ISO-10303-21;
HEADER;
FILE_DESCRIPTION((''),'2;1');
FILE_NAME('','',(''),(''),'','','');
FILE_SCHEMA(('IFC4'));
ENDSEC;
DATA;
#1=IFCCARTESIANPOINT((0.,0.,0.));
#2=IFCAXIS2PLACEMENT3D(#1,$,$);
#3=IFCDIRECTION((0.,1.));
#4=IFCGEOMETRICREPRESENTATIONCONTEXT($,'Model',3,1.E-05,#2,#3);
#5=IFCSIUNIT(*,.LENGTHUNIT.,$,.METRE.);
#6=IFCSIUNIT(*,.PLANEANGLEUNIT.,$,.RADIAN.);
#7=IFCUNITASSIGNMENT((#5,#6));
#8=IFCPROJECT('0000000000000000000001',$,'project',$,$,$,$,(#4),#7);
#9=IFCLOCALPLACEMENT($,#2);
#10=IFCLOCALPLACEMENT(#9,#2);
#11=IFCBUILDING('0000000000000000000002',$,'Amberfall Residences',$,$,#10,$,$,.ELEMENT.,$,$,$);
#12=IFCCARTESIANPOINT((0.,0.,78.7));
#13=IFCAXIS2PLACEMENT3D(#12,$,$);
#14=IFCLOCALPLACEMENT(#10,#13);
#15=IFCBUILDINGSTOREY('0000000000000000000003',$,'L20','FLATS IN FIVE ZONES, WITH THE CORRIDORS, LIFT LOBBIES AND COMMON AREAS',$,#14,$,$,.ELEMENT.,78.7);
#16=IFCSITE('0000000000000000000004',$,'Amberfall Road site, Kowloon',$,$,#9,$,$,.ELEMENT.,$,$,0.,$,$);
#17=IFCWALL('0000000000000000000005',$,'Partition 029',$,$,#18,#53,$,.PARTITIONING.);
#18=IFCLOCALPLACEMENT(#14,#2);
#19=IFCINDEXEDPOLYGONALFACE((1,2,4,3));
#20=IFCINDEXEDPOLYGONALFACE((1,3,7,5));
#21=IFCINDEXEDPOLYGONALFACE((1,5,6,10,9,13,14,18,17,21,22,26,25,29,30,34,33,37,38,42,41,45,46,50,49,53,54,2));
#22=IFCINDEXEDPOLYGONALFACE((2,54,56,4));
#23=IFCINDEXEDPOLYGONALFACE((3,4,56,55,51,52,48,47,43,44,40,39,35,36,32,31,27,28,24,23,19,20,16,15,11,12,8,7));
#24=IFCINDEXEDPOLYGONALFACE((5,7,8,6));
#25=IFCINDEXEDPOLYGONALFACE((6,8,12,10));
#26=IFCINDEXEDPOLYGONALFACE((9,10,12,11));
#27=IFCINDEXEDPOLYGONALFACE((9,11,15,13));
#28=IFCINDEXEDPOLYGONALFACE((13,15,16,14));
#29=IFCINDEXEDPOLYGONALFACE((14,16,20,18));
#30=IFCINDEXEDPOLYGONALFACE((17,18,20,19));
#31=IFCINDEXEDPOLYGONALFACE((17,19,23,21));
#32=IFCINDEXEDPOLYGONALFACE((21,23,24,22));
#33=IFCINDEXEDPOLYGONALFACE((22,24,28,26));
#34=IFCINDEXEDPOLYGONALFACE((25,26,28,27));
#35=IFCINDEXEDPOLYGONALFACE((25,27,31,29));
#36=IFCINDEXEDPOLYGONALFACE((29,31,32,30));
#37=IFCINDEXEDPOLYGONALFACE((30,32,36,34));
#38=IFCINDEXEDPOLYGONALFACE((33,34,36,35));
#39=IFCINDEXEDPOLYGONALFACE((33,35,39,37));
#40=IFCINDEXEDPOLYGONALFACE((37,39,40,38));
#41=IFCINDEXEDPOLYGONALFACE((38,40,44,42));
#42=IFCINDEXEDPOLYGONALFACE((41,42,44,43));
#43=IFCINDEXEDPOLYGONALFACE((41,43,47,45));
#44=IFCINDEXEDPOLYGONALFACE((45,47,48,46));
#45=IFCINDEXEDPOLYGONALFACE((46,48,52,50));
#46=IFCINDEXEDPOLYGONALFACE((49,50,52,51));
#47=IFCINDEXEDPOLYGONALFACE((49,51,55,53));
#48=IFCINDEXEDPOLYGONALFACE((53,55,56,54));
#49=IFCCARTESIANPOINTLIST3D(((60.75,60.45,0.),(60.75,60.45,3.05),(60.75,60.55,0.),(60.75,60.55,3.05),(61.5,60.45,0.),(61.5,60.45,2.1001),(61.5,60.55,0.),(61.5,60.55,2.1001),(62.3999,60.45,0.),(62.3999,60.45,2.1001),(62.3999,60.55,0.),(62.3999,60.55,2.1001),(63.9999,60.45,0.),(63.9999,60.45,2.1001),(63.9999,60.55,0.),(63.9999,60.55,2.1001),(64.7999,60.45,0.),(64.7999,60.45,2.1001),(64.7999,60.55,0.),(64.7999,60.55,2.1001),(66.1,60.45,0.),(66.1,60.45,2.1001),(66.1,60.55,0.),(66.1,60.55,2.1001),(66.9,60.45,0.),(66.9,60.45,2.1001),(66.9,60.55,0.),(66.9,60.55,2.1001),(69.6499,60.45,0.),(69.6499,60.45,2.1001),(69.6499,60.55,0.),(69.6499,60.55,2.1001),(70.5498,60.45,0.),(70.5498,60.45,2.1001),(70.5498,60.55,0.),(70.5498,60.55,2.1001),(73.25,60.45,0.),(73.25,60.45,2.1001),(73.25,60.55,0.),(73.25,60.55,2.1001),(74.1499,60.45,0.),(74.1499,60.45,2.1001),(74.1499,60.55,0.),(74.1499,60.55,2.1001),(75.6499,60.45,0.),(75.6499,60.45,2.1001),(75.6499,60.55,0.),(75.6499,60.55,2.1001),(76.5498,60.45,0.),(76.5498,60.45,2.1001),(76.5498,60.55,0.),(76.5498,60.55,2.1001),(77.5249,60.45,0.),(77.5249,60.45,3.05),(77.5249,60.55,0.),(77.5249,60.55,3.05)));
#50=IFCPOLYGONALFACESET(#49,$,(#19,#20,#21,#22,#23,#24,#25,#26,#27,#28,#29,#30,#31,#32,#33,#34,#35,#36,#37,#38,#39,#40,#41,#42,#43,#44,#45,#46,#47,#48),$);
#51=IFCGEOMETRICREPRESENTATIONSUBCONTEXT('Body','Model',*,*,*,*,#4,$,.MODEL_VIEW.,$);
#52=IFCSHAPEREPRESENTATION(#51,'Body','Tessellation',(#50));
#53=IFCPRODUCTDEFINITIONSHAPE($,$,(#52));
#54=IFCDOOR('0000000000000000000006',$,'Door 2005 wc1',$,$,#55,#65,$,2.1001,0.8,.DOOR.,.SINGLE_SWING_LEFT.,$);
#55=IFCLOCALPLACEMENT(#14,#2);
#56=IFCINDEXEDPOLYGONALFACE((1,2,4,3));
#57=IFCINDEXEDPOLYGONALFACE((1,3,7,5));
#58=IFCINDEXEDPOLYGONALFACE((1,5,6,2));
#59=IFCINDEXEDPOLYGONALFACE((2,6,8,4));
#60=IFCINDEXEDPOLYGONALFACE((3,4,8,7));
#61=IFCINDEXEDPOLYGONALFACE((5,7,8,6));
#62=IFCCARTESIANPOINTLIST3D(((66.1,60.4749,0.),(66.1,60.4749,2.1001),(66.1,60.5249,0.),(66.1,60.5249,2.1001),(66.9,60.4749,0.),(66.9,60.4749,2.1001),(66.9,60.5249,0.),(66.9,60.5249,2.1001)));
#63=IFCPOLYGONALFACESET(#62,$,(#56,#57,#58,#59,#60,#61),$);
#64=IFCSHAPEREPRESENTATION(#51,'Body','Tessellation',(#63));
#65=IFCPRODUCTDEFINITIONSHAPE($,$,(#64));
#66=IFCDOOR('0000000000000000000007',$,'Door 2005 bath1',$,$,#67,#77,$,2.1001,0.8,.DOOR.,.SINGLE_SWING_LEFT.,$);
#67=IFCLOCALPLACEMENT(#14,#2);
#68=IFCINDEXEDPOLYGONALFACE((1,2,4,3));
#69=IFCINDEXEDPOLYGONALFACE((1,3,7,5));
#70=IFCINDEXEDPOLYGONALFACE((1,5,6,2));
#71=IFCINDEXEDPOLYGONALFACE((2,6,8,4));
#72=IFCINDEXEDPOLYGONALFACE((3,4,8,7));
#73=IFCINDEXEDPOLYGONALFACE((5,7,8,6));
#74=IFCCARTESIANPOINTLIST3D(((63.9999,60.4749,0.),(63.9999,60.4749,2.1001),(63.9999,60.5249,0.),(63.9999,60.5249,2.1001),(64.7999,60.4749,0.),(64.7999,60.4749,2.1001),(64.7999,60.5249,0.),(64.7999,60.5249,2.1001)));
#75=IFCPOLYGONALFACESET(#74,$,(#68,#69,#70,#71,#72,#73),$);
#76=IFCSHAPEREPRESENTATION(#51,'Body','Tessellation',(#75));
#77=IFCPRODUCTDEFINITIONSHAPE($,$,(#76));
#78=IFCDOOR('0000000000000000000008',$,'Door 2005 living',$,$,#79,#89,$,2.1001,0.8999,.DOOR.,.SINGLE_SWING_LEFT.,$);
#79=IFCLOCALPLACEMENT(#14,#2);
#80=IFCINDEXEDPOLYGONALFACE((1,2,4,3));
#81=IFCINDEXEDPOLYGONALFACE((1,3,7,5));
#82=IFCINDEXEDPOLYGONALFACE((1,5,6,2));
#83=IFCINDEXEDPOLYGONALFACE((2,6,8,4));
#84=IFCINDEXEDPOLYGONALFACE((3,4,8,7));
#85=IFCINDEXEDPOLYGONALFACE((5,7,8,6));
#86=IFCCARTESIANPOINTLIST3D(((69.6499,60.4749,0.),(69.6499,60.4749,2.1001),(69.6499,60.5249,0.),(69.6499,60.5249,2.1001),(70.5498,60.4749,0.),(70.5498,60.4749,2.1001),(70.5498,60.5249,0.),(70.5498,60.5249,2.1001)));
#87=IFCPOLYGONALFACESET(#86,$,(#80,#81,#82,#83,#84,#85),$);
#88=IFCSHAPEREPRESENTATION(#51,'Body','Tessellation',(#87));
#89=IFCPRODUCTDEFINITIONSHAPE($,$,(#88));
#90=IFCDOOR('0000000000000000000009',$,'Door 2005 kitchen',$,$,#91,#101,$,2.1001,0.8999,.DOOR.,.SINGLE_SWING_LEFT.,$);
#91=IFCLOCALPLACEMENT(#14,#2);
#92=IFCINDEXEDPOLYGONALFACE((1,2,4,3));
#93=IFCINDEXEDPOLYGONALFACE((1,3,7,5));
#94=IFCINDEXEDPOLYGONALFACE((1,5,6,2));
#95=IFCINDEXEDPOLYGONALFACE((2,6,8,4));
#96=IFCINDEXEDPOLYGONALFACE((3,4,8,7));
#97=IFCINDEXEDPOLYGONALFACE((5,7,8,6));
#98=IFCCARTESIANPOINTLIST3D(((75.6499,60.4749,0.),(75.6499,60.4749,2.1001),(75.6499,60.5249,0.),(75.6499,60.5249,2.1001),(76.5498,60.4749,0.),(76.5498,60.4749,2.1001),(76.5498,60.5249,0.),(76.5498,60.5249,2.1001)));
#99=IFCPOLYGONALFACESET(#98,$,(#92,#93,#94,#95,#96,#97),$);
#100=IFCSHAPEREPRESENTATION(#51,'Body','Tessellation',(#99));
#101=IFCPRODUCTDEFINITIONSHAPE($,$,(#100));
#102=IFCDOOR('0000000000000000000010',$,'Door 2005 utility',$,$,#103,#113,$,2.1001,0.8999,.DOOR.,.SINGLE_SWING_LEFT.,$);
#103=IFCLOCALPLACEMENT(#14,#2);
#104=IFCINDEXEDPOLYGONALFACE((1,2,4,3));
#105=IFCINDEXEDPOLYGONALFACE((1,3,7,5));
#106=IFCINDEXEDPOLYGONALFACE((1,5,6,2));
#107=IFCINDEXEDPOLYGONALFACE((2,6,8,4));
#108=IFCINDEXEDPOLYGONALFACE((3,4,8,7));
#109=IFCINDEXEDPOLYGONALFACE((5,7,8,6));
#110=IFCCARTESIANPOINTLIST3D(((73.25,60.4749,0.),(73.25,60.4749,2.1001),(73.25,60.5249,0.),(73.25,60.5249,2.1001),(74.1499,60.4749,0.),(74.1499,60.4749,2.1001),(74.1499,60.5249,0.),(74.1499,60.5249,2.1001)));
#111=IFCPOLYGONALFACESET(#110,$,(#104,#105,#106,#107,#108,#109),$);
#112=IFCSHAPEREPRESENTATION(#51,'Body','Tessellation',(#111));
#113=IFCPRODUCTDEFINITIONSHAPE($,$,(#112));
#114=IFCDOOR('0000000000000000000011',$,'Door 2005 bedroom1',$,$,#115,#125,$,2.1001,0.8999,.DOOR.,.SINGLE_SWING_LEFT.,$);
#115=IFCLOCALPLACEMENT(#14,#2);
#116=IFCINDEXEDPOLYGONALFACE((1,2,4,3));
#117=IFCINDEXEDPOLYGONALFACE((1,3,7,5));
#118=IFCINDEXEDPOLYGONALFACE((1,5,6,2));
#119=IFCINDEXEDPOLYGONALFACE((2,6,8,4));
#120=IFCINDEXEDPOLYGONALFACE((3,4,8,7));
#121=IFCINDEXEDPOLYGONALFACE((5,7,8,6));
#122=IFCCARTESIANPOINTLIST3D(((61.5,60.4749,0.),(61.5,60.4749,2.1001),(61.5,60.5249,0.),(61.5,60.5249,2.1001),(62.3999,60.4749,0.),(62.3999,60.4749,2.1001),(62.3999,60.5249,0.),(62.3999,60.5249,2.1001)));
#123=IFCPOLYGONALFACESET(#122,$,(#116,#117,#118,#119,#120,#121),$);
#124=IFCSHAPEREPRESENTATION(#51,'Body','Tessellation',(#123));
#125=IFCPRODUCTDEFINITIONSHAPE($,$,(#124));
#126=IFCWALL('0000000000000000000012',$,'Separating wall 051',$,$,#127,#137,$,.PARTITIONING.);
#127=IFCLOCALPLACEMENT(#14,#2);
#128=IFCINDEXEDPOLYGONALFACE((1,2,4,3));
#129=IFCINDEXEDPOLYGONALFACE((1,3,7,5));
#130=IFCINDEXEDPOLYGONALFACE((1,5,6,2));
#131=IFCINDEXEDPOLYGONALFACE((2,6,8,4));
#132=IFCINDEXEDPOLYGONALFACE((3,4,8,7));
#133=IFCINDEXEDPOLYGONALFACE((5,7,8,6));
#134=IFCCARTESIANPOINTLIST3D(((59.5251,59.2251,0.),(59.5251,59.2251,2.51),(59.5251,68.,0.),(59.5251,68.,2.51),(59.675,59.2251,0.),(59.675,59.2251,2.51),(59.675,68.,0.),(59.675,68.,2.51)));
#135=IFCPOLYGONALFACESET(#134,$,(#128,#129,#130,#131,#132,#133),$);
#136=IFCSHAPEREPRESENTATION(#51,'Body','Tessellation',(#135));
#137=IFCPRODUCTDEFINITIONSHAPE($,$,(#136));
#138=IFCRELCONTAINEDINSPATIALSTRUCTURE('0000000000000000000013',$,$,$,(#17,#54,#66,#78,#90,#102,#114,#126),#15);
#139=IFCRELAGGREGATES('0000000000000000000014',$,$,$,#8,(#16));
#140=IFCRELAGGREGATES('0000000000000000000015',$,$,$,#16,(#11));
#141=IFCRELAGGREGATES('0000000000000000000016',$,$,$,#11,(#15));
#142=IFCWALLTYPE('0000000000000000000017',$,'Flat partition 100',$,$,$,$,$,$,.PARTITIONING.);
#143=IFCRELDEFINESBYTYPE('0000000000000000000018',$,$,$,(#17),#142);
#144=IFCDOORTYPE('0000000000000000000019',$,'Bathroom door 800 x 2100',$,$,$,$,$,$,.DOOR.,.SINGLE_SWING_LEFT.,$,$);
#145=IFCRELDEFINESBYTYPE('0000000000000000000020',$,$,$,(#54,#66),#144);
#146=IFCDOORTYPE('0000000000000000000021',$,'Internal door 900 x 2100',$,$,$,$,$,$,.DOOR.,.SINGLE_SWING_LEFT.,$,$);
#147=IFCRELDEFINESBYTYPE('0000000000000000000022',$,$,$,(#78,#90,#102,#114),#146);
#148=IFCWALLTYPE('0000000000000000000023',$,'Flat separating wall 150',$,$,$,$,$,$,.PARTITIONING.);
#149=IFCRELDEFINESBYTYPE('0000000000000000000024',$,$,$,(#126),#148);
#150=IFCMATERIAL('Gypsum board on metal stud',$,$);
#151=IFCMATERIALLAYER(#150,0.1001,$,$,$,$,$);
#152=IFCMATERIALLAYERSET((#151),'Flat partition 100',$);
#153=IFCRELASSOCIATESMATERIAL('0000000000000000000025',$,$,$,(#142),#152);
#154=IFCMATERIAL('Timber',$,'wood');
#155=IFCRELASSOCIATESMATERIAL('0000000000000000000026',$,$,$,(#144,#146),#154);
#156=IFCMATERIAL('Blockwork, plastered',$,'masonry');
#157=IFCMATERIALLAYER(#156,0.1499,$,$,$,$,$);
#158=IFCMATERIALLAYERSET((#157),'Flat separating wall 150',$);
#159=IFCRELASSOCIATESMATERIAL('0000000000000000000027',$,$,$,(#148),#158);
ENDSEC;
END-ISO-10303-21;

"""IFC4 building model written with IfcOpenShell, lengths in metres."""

from ifc_helpers import new_model, si_unit, direction, frame, frame_2d, origin, place, context, subcontext, project, spatial, rectangle, extrude, material, layer, layer_set, type_object, element, fill, save


model = new_model("IFC4")

# Units and contexts
model_context = context("Model", 3, precision=1e-05, world=origin(), true_north=direction((0.0, 1.0)))
body_context = subcontext(model_context, "Body", "Model", "MODEL_VIEW")
ifc_project = project(units=[si_unit("LENGTHUNIT", "METRE"), si_unit("PLANEANGLEUNIT", "RADIAN")], contexts=[model_context])

# Site, building, storey
site_placement = place(None, origin())
site = spatial("IfcSite", under=ifc_project, at=site_placement, Name="Amberfall Road site, Kowloon", CompositionType="ELEMENT", RefElevation=0.0)
building_placement = place(site_placement, origin())
building = spatial("IfcBuilding", under=site, at=building_placement, Name="Amberfall Residences", CompositionType="ELEMENT")
storey_placement = place(building_placement, frame((0.0, 0.0, 78.7)))
storey = spatial("IfcBuildingStorey", under=building, at=storey_placement, Name="L20", Description="FLATS IN FIVE ZONES, WITH THE CORRIDORS, LIFT LOBBIES AND COMMON AREAS", CompositionType="ELEMENT", Elevation=78.7)

# Shared definitions
ifc_material_1 = material(Name="Gypsum board on metal stud")
ifc_layer_1 = layer(ifc_material_1, 0.1001)
ifc_layer_set_1 = layer_set([ifc_layer_1], Name="Flat partition 100")
wall_type_1 = type_object("IfcWallType", Name="Flat partition 100", PredefinedType="PARTITIONING", material=ifc_layer_set_1)

# Wall, openings, doors
wall_1_placement = place(storey_placement, frame((60.75, 60.5, 0.0), z_axis=(0.0, 0.0, 1.0), x_axis=(1.0, 0.0, 0.0)))
wall_1 = element("IfcWall", 1, at=wall_1_placement, inside=storey, type_object=wall_type_1, Name="Partition 029", PredefinedType="PARTITIONING", context=body_context, shape_type="SweptSolid", body=[
    extrude(rectangle(XDim=16.7749, YDim=0.1001, at=frame_2d((8.3875, 0.0))), origin(), (0.0, 0.0, 1.0), 3.05),
])
opening_1_placement = place(wall_1_placement, frame((8.8999, 0.0, 0.0)))
opening_1 = element("IfcOpeningElement", 2, at=opening_1_placement, cuts=wall_1, PredefinedType="OPENING", context=body_context, shape_type="SweptSolid", body=[
    extrude(rectangle(XDim=0.8999, YDim=2.1001, at=frame_2d((0.45, 1.05))), frame((0.0, 0.0601, 0.0), z_axis=(0.0, -1.0, 0.0), x_axis=(1.0, 0.0, 0.0)), (0.0, 0.0, 1.0), 0.1201),
])
opening_2_placement = place(wall_1_placement, frame((14.8999, 0.0, 0.0)))
opening_2 = element("IfcOpeningElement", 3, at=opening_2_placement, cuts=wall_1, PredefinedType="OPENING", context=body_context, shape_type="SweptSolid", body=[
    extrude(rectangle(XDim=0.8999, YDim=2.1001, at=frame_2d((0.45, 1.05))), frame((0.0, 0.0601, 0.0), z_axis=(0.0, -1.0, 0.0), x_axis=(1.0, 0.0, 0.0)), (0.0, 0.0, 1.0), 0.1201),
])
opening_3_placement = place(wall_1_placement, frame((12.5, 0.0, 0.0)))
opening_3 = element("IfcOpeningElement", 4, at=opening_3_placement, cuts=wall_1, PredefinedType="OPENING", context=body_context, shape_type="SweptSolid", body=[
    extrude(rectangle(XDim=0.8999, YDim=2.1001, at=frame_2d((0.45, 1.05))), frame((0.0, 0.0601, 0.0), z_axis=(0.0, -1.0, 0.0), x_axis=(1.0, 0.0, 0.0)), (0.0, 0.0, 1.0), 0.1201),
])
opening_4_placement = place(wall_1_placement, frame((5.3501, 0.0, 0.0)))
opening_4 = element("IfcOpeningElement", 5, at=opening_4_placement, cuts=wall_1, PredefinedType="OPENING", context=body_context, shape_type="SweptSolid", body=[
    extrude(rectangle(XDim=0.8, YDim=2.1001, at=frame_2d((0.3999, 1.05))), frame((0.0, 0.0601, 0.0), z_axis=(0.0, -1.0, 0.0), x_axis=(1.0, 0.0, 0.0)), (0.0, 0.0, 1.0), 0.1201),
])
opening_5_placement = place(wall_1_placement, frame((0.75, 0.0, 0.0)))
opening_5 = element("IfcOpeningElement", 6, at=opening_5_placement, cuts=wall_1, PredefinedType="OPENING", context=body_context, shape_type="SweptSolid", body=[
    extrude(rectangle(XDim=0.8999, YDim=2.1001, at=frame_2d((0.45, 1.05))), frame((0.0, 0.0601, 0.0), z_axis=(0.0, -1.0, 0.0), x_axis=(1.0, 0.0, 0.0)), (0.0, 0.0, 1.0), 0.1201),
])
opening_6_placement = place(wall_1_placement, frame((3.25, 0.0, 0.0)))
opening_6 = element("IfcOpeningElement", 7, at=opening_6_placement, cuts=wall_1, PredefinedType="OPENING", context=body_context, shape_type="SweptSolid", body=[
    extrude(rectangle(XDim=0.8, YDim=2.1001, at=frame_2d((0.3999, 1.05))), frame((0.0, 0.0601, 0.0), z_axis=(0.0, -1.0, 0.0), x_axis=(1.0, 0.0, 0.0)), (0.0, 0.0, 1.0), 0.1201),
])
ifc_material_2 = material(Name="Timber", Category="wood")
door_type_1 = type_object("IfcDoorType", Name="Bathroom door 800 x 2100", OperationType="SINGLE_SWING_LEFT", PredefinedType="DOOR", material=ifc_material_2)
door_1_placement = place(opening_4_placement, origin())
door_1 = element("IfcDoor", 8, at=door_1_placement, inside=storey, type_object=door_type_1, Name="Door 2005 wc1", OperationType="SINGLE_SWING_LEFT", OverallHeight=2.1001, OverallWidth=0.8, PredefinedType="DOOR", context=body_context, shape_type="SweptSolid", body=[
    extrude(rectangle(XDim=0.8, YDim=2.1001, at=frame_2d((0.3999, 1.05))), frame((0.0, 0.0249, 0.0), z_axis=(0.0, -1.0, 0.0), x_axis=(1.0, 0.0, 0.0)), (0.0, 0.0, 1.0), 0.05),
])
fill(opening_4, door_1)
door_2_placement = place(opening_6_placement, origin())
door_2 = element("IfcDoor", 9, at=door_2_placement, inside=storey, type_object=door_type_1, Name="Door 2005 bath1", OperationType="SINGLE_SWING_LEFT", OverallHeight=2.1001, OverallWidth=0.8, PredefinedType="DOOR", context=body_context, shape_type="SweptSolid", body=[
    extrude(rectangle(XDim=0.8, YDim=2.1001, at=frame_2d((0.3999, 1.05))), frame((0.0, 0.0249, 0.0), z_axis=(0.0, -1.0, 0.0), x_axis=(1.0, 0.0, 0.0)), (0.0, 0.0, 1.0), 0.05),
])
fill(opening_6, door_2)
door_type_2 = type_object("IfcDoorType", Name="Internal door 900 x 2100", OperationType="SINGLE_SWING_LEFT", PredefinedType="DOOR", material=ifc_material_2)
door_3_placement = place(opening_1_placement, origin())
door_3 = element("IfcDoor", 10, at=door_3_placement, inside=storey, type_object=door_type_2, Name="Door 2005 living", OperationType="SINGLE_SWING_LEFT", OverallHeight=2.1001, OverallWidth=0.8999, PredefinedType="DOOR", context=body_context, shape_type="SweptSolid", body=[
    extrude(rectangle(XDim=0.8999, YDim=2.1001, at=frame_2d((0.45, 1.05))), frame((0.0, 0.0249, 0.0), z_axis=(0.0, -1.0, 0.0), x_axis=(1.0, 0.0, 0.0)), (0.0, 0.0, 1.0), 0.05),
])
fill(opening_1, door_3)
door_4_placement = place(opening_2_placement, origin())
door_4 = element("IfcDoor", 11, at=door_4_placement, inside=storey, type_object=door_type_2, Name="Door 2005 kitchen", OperationType="SINGLE_SWING_LEFT", OverallHeight=2.1001, OverallWidth=0.8999, PredefinedType="DOOR", context=body_context, shape_type="SweptSolid", body=[
    extrude(rectangle(XDim=0.8999, YDim=2.1001, at=frame_2d((0.45, 1.05))), frame((0.0, 0.0249, 0.0), z_axis=(0.0, -1.0, 0.0), x_axis=(1.0, 0.0, 0.0)), (0.0, 0.0, 1.0), 0.05),
])
fill(opening_2, door_4)
door_5_placement = place(opening_3_placement, origin())
door_5 = element("IfcDoor", 12, at=door_5_placement, inside=storey, type_object=door_type_2, Name="Door 2005 utility", OperationType="SINGLE_SWING_LEFT", OverallHeight=2.1001, OverallWidth=0.8999, PredefinedType="DOOR", context=body_context, shape_type="SweptSolid", body=[
    extrude(rectangle(XDim=0.8999, YDim=2.1001, at=frame_2d((0.45, 1.05))), frame((0.0, 0.0249, 0.0), z_axis=(0.0, -1.0, 0.0), x_axis=(1.0, 0.0, 0.0)), (0.0, 0.0, 1.0), 0.05),
])
fill(opening_3, door_5)
door_6_placement = place(opening_5_placement, origin())
door_6 = element("IfcDoor", 13, at=door_6_placement, inside=storey, type_object=door_type_2, Name="Door 2005 bedroom1", OperationType="SINGLE_SWING_LEFT", OverallHeight=2.1001, OverallWidth=0.8999, PredefinedType="DOOR", context=body_context, shape_type="SweptSolid", body=[
    extrude(rectangle(XDim=0.8999, YDim=2.1001, at=frame_2d((0.45, 1.05))), frame((0.0, 0.0249, 0.0), z_axis=(0.0, -1.0, 0.0), x_axis=(1.0, 0.0, 0.0)), (0.0, 0.0, 1.0), 0.05),
])
fill(opening_5, door_6)

# Wall
ifc_material_3 = material(Name="Blockwork, plastered", Category="masonry")
ifc_layer_2 = layer(ifc_material_3, 0.1499)
ifc_layer_set_2 = layer_set([ifc_layer_2], Name="Flat separating wall 150")
wall_type_2 = type_object("IfcWallType", Name="Flat separating wall 150", PredefinedType="PARTITIONING", material=ifc_layer_set_2)
wall_2_placement = place(storey_placement, frame((59.6001, 59.2251, 0.0), z_axis=(0.0, 0.0, 1.0), x_axis=(0.0, 1.0, 0.0)))
element("IfcWall", 14, at=wall_2_placement, inside=storey, type_object=wall_type_2, Name="Separating wall 051", PredefinedType="PARTITIONING", context=body_context, shape_type="SweptSolid", body=[
    extrude(rectangle(XDim=8.7749, YDim=0.1499, at=frame_2d((4.3875, 0.0))), origin(), (0.0, 0.0, 1.0), 2.51),
])

save(model, "model.ifc")
